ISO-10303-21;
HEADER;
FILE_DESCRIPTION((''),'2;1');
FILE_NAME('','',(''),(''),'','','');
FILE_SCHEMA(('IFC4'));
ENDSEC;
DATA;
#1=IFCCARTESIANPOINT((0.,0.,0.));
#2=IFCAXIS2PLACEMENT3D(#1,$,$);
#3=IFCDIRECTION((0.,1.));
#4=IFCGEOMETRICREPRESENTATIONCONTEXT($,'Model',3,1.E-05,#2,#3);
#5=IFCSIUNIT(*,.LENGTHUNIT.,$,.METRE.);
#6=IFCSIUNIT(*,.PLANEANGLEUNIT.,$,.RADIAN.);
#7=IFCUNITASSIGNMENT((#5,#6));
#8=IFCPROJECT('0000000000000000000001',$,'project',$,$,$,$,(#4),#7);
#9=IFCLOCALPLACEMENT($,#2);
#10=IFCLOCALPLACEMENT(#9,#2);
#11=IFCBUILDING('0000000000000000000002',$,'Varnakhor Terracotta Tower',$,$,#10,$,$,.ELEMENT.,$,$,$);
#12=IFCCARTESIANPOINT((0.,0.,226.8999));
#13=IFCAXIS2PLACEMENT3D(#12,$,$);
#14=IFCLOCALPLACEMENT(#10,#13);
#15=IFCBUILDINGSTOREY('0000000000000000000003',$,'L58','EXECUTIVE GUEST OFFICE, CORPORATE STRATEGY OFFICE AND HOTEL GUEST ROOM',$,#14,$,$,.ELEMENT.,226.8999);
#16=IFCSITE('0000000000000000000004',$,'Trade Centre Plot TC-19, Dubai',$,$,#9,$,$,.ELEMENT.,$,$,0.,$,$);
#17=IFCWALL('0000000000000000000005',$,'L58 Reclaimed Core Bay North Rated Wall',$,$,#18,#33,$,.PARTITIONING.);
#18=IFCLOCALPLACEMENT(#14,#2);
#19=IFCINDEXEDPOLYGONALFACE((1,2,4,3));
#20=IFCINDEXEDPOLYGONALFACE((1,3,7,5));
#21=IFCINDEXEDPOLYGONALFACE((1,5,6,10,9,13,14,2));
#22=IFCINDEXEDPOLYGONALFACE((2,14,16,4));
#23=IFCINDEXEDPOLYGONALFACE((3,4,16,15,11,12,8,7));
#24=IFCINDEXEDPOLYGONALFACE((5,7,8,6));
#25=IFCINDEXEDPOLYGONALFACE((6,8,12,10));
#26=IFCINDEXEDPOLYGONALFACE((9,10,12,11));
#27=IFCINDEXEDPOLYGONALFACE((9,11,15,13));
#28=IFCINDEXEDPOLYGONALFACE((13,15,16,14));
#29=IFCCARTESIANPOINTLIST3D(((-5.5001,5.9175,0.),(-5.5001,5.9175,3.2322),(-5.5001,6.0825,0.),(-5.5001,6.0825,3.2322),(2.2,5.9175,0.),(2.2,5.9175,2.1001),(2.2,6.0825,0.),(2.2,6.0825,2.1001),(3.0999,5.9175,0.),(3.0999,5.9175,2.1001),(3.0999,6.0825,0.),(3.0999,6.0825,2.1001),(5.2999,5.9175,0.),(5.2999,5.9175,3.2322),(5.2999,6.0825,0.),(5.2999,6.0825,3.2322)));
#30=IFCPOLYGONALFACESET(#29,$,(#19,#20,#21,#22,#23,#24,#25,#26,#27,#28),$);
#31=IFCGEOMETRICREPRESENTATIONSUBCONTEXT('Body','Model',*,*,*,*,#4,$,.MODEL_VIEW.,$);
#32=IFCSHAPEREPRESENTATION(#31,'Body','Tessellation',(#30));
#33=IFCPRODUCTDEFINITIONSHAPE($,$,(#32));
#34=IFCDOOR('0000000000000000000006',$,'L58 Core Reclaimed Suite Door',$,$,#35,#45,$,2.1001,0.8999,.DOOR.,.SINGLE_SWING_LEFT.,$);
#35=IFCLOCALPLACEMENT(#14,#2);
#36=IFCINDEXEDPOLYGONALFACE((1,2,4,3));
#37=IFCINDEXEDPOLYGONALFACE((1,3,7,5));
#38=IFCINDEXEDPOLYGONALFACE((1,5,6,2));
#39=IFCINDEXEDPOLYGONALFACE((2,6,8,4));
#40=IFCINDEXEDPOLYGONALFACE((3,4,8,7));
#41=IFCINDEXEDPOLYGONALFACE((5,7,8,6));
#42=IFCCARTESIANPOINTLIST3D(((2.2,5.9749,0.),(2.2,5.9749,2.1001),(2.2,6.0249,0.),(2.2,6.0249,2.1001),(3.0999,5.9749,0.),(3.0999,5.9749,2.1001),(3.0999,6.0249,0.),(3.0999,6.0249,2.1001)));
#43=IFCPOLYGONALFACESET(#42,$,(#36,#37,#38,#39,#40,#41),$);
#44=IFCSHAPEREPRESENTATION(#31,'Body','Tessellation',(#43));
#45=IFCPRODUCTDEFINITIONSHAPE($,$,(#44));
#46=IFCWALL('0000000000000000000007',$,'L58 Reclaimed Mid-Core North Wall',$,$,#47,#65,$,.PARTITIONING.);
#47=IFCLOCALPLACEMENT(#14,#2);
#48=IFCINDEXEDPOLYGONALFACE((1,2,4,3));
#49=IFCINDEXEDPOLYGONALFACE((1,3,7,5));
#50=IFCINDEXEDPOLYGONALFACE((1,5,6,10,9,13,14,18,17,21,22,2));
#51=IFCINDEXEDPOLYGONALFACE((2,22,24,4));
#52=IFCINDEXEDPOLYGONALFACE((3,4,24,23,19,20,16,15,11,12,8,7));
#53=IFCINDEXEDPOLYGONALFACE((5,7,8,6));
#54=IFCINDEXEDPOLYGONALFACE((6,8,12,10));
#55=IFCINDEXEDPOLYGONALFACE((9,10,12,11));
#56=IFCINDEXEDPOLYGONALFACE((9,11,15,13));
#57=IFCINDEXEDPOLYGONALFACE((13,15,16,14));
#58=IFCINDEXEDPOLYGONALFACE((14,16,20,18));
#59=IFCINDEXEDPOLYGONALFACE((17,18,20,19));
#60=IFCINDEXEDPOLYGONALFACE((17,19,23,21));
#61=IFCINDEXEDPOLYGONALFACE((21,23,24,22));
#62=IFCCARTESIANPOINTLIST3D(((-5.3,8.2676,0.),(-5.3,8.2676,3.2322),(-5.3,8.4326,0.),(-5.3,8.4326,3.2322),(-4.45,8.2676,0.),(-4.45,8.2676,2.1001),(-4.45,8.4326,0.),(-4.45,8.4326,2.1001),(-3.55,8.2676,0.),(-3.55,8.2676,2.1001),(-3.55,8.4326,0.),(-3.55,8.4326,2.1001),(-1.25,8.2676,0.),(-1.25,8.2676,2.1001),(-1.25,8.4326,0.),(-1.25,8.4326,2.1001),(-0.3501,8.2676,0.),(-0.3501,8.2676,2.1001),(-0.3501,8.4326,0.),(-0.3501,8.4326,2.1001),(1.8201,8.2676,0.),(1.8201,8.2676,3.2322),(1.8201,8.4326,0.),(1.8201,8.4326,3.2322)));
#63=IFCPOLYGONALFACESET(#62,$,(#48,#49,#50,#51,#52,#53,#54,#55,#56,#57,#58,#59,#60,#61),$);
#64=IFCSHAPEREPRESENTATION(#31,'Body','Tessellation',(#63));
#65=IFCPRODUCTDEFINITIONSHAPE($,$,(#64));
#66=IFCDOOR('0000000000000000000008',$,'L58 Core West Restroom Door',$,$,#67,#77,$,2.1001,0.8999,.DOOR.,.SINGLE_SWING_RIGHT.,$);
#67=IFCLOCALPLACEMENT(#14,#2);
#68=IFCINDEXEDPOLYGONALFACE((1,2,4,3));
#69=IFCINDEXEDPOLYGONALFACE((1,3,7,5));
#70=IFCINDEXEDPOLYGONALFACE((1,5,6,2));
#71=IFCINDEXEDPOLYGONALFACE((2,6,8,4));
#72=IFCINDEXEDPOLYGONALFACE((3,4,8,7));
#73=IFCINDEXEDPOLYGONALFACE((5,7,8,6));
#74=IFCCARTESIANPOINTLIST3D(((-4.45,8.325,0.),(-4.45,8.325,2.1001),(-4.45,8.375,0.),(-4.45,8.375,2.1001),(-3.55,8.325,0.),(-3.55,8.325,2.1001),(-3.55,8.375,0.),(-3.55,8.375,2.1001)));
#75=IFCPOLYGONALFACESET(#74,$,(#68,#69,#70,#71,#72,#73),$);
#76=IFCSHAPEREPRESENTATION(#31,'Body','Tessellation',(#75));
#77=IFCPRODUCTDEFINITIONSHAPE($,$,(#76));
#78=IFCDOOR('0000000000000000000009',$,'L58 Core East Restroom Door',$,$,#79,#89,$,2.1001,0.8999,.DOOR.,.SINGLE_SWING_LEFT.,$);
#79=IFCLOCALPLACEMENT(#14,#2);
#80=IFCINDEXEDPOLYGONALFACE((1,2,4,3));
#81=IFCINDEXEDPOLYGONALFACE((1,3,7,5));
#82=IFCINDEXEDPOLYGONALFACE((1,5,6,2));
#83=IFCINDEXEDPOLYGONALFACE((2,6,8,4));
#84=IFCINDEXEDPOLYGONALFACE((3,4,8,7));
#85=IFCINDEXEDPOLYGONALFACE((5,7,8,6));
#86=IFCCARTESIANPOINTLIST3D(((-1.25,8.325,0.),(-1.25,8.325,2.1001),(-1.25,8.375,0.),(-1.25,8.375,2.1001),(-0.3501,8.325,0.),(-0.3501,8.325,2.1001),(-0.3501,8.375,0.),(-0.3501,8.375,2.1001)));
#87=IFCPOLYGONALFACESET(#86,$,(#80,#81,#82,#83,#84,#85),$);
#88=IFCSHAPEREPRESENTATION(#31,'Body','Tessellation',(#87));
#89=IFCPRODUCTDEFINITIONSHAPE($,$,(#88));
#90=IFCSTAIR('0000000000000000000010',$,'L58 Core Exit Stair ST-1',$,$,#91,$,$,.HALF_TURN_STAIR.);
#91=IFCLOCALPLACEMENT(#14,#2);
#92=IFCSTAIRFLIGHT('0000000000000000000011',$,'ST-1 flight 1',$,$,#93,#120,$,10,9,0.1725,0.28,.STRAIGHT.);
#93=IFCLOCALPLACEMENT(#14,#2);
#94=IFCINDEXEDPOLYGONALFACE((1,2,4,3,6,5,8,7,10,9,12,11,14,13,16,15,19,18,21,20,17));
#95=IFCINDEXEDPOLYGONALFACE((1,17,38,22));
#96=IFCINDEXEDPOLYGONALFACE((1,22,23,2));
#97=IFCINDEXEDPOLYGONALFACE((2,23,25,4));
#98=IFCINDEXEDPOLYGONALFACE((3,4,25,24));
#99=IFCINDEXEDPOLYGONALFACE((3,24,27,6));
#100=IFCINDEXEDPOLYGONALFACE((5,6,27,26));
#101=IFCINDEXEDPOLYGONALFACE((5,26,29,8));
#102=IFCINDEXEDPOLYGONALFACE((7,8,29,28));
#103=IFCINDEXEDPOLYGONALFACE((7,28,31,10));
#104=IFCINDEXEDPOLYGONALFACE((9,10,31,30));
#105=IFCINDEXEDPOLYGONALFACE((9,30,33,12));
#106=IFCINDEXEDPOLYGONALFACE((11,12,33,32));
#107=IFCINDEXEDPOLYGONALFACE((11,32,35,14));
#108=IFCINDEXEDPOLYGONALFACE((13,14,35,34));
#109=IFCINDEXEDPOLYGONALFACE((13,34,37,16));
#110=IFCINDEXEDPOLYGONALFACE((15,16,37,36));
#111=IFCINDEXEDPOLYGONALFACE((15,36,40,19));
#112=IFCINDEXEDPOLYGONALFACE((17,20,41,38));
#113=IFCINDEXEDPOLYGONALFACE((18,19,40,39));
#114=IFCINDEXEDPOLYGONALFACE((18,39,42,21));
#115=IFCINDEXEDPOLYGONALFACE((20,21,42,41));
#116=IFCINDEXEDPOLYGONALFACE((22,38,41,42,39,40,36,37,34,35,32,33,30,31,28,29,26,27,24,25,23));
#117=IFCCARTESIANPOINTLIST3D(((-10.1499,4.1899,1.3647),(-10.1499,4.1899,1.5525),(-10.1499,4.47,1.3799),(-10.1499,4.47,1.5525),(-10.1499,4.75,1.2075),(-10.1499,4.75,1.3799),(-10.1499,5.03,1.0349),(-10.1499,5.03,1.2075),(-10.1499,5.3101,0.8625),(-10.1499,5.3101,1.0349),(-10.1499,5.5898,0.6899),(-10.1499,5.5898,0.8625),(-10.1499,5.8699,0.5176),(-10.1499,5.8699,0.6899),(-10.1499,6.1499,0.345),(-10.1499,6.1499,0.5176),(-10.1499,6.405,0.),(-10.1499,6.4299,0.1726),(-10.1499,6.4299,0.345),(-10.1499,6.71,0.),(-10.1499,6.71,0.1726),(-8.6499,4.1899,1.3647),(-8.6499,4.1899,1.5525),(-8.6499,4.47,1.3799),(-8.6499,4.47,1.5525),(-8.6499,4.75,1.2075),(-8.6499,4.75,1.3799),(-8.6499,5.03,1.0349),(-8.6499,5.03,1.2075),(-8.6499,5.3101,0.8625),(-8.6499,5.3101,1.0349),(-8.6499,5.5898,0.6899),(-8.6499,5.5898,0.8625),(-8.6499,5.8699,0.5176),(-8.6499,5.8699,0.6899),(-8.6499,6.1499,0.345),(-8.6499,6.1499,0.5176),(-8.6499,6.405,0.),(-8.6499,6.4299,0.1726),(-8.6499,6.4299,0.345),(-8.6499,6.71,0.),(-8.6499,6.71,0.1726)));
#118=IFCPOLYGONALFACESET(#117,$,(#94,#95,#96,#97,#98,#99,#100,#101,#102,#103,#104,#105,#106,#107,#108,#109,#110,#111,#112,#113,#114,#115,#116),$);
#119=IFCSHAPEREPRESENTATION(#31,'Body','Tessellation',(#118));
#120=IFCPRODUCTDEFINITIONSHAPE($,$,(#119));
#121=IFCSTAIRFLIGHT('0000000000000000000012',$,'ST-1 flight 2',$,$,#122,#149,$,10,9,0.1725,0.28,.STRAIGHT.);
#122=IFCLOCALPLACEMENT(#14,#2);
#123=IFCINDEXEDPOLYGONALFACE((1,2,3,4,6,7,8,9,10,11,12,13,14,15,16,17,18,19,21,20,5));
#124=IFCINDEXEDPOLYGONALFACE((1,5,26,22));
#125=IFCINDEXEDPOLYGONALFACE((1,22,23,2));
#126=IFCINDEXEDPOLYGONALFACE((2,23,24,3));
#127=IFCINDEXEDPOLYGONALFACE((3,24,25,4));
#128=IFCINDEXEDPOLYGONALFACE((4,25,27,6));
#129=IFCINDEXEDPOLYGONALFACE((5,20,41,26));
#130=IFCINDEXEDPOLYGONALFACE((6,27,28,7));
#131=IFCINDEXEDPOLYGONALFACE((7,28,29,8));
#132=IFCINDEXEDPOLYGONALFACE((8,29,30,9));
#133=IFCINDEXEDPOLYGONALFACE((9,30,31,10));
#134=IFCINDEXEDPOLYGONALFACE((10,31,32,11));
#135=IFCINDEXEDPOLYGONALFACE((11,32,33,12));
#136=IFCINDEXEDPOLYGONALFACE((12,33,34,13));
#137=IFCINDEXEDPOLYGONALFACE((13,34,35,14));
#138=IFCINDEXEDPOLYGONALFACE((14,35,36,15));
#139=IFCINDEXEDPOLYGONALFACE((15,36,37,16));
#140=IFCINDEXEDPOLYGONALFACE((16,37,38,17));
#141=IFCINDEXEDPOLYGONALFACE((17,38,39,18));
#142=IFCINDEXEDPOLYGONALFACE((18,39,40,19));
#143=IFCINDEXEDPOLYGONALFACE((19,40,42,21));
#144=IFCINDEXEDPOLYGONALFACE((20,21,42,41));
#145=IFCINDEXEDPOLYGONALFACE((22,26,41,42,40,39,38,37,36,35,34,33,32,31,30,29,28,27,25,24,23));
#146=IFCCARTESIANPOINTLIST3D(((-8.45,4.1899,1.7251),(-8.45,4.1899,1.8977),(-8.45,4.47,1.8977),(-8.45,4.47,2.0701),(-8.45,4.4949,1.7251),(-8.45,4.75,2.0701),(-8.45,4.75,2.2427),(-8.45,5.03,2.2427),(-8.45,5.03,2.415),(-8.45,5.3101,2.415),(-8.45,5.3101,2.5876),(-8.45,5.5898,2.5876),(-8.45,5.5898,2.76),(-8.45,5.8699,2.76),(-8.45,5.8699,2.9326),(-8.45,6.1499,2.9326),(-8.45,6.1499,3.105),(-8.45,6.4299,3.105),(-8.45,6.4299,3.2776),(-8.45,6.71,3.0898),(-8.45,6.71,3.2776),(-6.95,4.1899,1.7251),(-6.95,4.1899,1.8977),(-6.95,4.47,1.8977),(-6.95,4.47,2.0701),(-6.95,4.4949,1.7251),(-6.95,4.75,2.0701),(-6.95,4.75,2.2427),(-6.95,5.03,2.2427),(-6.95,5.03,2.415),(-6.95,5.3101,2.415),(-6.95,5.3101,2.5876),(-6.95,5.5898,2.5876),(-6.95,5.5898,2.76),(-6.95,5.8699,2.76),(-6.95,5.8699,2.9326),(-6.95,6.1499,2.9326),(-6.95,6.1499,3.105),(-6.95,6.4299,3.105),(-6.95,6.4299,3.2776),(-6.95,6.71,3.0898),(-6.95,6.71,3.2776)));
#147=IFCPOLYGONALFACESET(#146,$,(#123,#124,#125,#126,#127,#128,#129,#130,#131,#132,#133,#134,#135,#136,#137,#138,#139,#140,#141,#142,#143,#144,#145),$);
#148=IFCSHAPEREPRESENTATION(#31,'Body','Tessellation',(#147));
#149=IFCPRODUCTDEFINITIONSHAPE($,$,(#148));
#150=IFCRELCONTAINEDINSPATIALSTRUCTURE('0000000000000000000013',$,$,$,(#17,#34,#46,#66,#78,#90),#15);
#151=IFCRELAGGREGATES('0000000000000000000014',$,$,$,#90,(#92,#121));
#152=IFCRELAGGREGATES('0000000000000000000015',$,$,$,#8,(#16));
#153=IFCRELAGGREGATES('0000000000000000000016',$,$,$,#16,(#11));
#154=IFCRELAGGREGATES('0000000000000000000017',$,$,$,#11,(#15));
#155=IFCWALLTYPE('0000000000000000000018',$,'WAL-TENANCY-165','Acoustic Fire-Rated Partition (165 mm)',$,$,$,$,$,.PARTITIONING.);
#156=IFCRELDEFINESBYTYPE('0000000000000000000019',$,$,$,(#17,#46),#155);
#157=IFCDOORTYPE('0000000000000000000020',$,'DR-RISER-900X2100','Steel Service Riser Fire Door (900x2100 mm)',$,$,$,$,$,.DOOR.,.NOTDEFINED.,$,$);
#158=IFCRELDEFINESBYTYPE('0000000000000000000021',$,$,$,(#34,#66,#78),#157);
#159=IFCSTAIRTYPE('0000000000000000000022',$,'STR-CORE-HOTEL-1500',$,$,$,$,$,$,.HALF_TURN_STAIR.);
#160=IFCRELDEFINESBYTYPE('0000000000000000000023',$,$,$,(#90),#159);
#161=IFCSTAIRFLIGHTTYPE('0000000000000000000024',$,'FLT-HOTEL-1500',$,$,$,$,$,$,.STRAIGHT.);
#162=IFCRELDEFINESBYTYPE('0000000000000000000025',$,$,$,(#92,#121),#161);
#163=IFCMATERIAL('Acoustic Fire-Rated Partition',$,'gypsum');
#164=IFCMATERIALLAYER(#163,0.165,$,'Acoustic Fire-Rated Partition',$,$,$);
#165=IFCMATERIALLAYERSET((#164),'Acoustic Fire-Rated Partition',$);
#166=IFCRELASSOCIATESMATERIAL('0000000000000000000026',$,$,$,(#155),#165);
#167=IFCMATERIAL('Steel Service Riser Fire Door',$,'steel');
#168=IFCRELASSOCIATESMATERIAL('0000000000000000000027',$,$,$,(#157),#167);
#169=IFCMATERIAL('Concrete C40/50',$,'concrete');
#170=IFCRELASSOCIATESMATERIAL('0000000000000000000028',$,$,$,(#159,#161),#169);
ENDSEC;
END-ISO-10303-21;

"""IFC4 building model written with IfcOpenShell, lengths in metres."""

from ifc_helpers import new_model, si_unit, direction, frame, frame_2d, origin, place, context, subcontext, project, spatial, polyline, rectangle, outline, extrude, source, transform, mapped, material, layer, layer_set, type_object, type_shapes, element, fill, aggregate, save


model = new_model("IFC4")

# Units and contexts
model_context = context("Model", 3, precision=1e-05, world=origin(), true_north=direction((0.0, 1.0)))
body_context = subcontext(model_context, "Body", "Model", "MODEL_VIEW")
ifc_project = project(units=[si_unit("LENGTHUNIT", "METRE"), si_unit("PLANEANGLEUNIT", "RADIAN")], contexts=[model_context])

# Site, building, storey
site_placement = place(None, origin())
site = spatial("IfcSite", under=ifc_project, at=site_placement, Name="Trade Centre Plot TC-19, Dubai", CompositionType="ELEMENT", RefElevation=0.0)
building_placement = place(site_placement, origin())
building = spatial("IfcBuilding", under=site, at=building_placement, Name="Varnakhor Terracotta Tower", CompositionType="ELEMENT")
storey_placement = place(building_placement, frame((0.0, 0.0, 226.8999)))
storey = spatial("IfcBuildingStorey", under=building, at=storey_placement, Name="L58", Description="EXECUTIVE GUEST OFFICE, CORPORATE STRATEGY OFFICE AND HOTEL GUEST ROOM", CompositionType="ELEMENT", Elevation=226.8999)

# Shared definitions
ifc_material_1 = material(Name="Concrete C40/50", Category="concrete")

# Wall, opening, door
ifc_material_2 = material(Name="Acoustic Fire-Rated Partition", Category="gypsum")
ifc_layer_1 = layer(ifc_material_2, 0.165, Name="Acoustic Fire-Rated Partition")
ifc_layer_set_1 = layer_set([ifc_layer_1], Name="Acoustic Fire-Rated Partition")
wall_type_1 = type_object("IfcWallType", Name="WAL-TENANCY-165", Description="Acoustic Fire-Rated Partition (165 mm)", PredefinedType="PARTITIONING", material=ifc_layer_set_1)
wall_1_placement = place(storey_placement, frame((-5.5, 6.0, 0.0), z_axis=(0.0, 0.0, 1.0), x_axis=(1.0, 0.0, 0.0)))
wall_1 = element("IfcWall", 1, at=wall_1_placement, inside=storey, type_object=wall_type_1, Name="L58 Reclaimed Core Bay North Rated Wall", PredefinedType="PARTITIONING", context=body_context, shape_type="SweptSolid", body=[
    extrude(rectangle(XDim=10.8, YDim=0.165, at=frame_2d((5.3999, 0.0))), origin(), (0.0, 0.0, 1.0), 3.2322),
])
opening_1_placement = place(wall_1_placement, frame((7.7, 0.0, 0.0)))
opening_1 = element("IfcOpeningElement", 2, at=opening_1_placement, cuts=wall_1, PredefinedType="OPENING", context=body_context, shape_type="SweptSolid", body=[
    extrude(rectangle(XDim=0.8999, YDim=2.1001, at=frame_2d((0.45, 1.05))), frame((0.0, 0.0925, 0.0), z_axis=(0.0, -1.0, 0.0), x_axis=(1.0, 0.0, 0.0)), (0.0, 0.0, 1.0), 0.1851),
])
ifc_material_3 = material(Name="Steel Service Riser Fire Door", Category="steel")
door_type_1 = type_object("IfcDoorType", Name="DR-RISER-900X2100", Description="Steel Service Riser Fire Door (900x2100 mm)", OperationType="NOTDEFINED", PredefinedType="DOOR", material=ifc_material_3)
shared_shape_1 = source(origin(), body_context, "Body", "SweptSolid", [
    extrude(rectangle(XDim=0.8999, YDim=2.1001, at=frame_2d((0.45, 1.05))), frame((0.0, 0.0249, 0.0), z_axis=(0.0, -1.0, 0.0), x_axis=(1.0, 0.0, 0.0)), (0.0, 0.0, 1.0), 0.05),
])
type_shapes(door_type_1, [shared_shape_1])
door_1_placement = place(opening_1_placement, origin())
door_1 = element("IfcDoor", 3, at=door_1_placement, inside=storey, type_object=door_type_1, Name="L58 Core Reclaimed Suite Door", OperationType="SINGLE_SWING_LEFT", OverallHeight=2.1001, OverallWidth=0.8999, PredefinedType="DOOR", context=body_context, shape_type="MappedRepresentation", body=[
    mapped(shared_shape_1, transform((0.0, 0.0, 0.0), scale=1.0)),
])
fill(opening_1, door_1)

# Wall, openings, doors
wall_2_placement = place(storey_placement, frame((-5.3, 8.3501, 0.0), z_axis=(0.0, 0.0, 1.0), x_axis=(1.0, 0.0, 0.0)))
wall_2 = element("IfcWall", 4, at=wall_2_placement, inside=storey, type_object=wall_type_1, Name="L58 Reclaimed Mid-Core North Wall", PredefinedType="PARTITIONING", context=body_context, shape_type="SweptSolid", body=[
    extrude(rectangle(XDim=7.1201, YDim=0.165, at=frame_2d((3.5601, 0.0))), origin(), (0.0, 0.0, 1.0), 3.2322),
])
opening_2_placement = place(wall_2_placement, frame((0.8501, 0.0, 0.0)))
opening_2 = element("IfcOpeningElement", 5, at=opening_2_placement, cuts=wall_2, PredefinedType="OPENING", context=body_context, shape_type="SweptSolid", body=[
    extrude(rectangle(XDim=0.8999, YDim=2.1001, at=frame_2d((0.45, 1.05))), frame((0.0, 0.0925, 0.0), z_axis=(0.0, -1.0, 0.0), x_axis=(1.0, 0.0, 0.0)), (0.0, 0.0, 1.0), 0.1851),
])
opening_3_placement = place(wall_2_placement, frame((4.05, 0.0, 0.0)))
opening_3 = element("IfcOpeningElement", 6, at=opening_3_placement, cuts=wall_2, PredefinedType="OPENING", context=body_context, shape_type="SweptSolid", body=[
    extrude(rectangle(XDim=0.8999, YDim=2.1001, at=frame_2d((0.45, 1.05))), frame((0.0, 0.0925, 0.0), z_axis=(0.0, -1.0, 0.0), x_axis=(1.0, 0.0, 0.0)), (0.0, 0.0, 1.0), 0.1851),
])
door_2_placement = place(opening_2_placement, origin())
door_2 = element("IfcDoor", 7, at=door_2_placement, inside=storey, type_object=door_type_1, Name="L58 Core West Restroom Door", OperationType="SINGLE_SWING_RIGHT", OverallHeight=2.1001, OverallWidth=0.8999, PredefinedType="DOOR", context=body_context, shape_type="MappedRepresentation", body=[
    mapped(shared_shape_1, transform((0.0, 0.0, 0.0), scale=1.0)),
])
fill(opening_2, door_2)
door_3_placement = place(opening_3_placement, origin())
door_3 = element("IfcDoor", 8, at=door_3_placement, inside=storey, type_object=door_type_1, Name="L58 Core East Restroom Door", OperationType="SINGLE_SWING_LEFT", OverallHeight=2.1001, OverallWidth=0.8999, PredefinedType="DOOR", context=body_context, shape_type="MappedRepresentation", body=[
    mapped(shared_shape_1, transform((0.0, 0.0, 0.0), scale=1.0)),
])
fill(opening_3, door_3)

# Stair, stair flights
stair_type = type_object("IfcStairType", Name="STR-CORE-HOTEL-1500", PredefinedType="HALF_TURN_STAIR", material=ifc_material_1)
stair_placement = place(storey_placement, origin())
stair = element("IfcStair", 9, at=stair_placement, inside=storey, type_object=stair_type, Name="L58 Core Exit Stair ST-1", PredefinedType="HALF_TURN_STAIR")
stair_flight_type = type_object("IfcStairFlightType", Name="FLT-HOTEL-1500", PredefinedType="STRAIGHT", material=ifc_material_1)
stair_flight_1_placement = place(storey_placement, frame((-9.3999, 6.71, 0.0), z_axis=(0.0, 0.0, 1.0), x_axis=(0.0, -1.0, 0.0)))
stair_flight_1 = element("IfcStairFlight", 10, at=stair_flight_1_placement, type_object=stair_flight_type, Name="ST-1 flight 1", NumberOfRisers=10, NumberOfTreads=9, PredefinedType="STRAIGHT", RiserHeight=0.1725, TreadLength=0.28, context=body_context, shape_type="SweptSolid", body=[
    extrude(outline(polyline([(0.0, 0.0), (0.0, 0.1726), (0.28, 0.1726), (0.28, 0.345), (0.5601, 0.345), (0.5601, 0.5176), (0.8401, 0.5176), (0.8401, 0.6899), (1.1201, 0.6899), (1.1201, 0.8625), (1.3999, 0.8625), (1.3999, 1.0349), (1.6799, 1.0349), (1.6799, 1.2075), (1.96, 1.2075), (1.96, 1.3799), (2.24, 1.3799), (2.24, 1.5525), (2.52, 1.5525), (2.52, 1.7251), (2.52, 1.3647), (0.3049, 0.0), (0.0, 0.0)])), frame((0.0, 0.75, 0.0), z_axis=(0.0, -1.0, 0.0), x_axis=(1.0, 0.0, 0.0)), (0.0, 0.0, 1.0), 1.5),
])
stair_flight_2_placement = place(storey_placement, frame((-7.7, 4.1899, 1.7251), z_axis=(0.0, 0.0, 1.0), x_axis=(0.0, 1.0, 0.0)))
stair_flight_2 = element("IfcStairFlight", 11, at=stair_flight_2_placement, type_object=stair_flight_type, Name="ST-1 flight 2", NumberOfRisers=10, NumberOfTreads=9, PredefinedType="STRAIGHT", RiserHeight=0.1725, TreadLength=0.28, context=body_context, shape_type="SweptSolid", body=[
    extrude(outline(polyline([(0.0, 0.0), (0.0, 0.1726), (0.28, 0.1726), (0.28, 0.345), (0.5601, 0.345), (0.5601, 0.5176), (0.8401, 0.5176), (0.8401, 0.6899), (1.1201, 0.6899), (1.1201, 0.8625), (1.3999, 0.8625), (1.3999, 1.0349), (1.6799, 1.0349), (1.6799, 1.2075), (1.96, 1.2075), (1.96, 1.3799), (2.24, 1.3799), (2.24, 1.5525), (2.52, 1.5525), (2.52, 1.7251), (2.52, 1.3647), (0.3049, 0.0), (0.0, 0.0)])), frame((0.0, 0.75, 0.0), z_axis=(0.0, -1.0, 0.0), x_axis=(1.0, 0.0, 0.0)), (0.0, 0.0, 1.0), 1.5),
])
aggregate(stair, [stair_flight_1, stair_flight_2])

save(model, "model.ifc")
